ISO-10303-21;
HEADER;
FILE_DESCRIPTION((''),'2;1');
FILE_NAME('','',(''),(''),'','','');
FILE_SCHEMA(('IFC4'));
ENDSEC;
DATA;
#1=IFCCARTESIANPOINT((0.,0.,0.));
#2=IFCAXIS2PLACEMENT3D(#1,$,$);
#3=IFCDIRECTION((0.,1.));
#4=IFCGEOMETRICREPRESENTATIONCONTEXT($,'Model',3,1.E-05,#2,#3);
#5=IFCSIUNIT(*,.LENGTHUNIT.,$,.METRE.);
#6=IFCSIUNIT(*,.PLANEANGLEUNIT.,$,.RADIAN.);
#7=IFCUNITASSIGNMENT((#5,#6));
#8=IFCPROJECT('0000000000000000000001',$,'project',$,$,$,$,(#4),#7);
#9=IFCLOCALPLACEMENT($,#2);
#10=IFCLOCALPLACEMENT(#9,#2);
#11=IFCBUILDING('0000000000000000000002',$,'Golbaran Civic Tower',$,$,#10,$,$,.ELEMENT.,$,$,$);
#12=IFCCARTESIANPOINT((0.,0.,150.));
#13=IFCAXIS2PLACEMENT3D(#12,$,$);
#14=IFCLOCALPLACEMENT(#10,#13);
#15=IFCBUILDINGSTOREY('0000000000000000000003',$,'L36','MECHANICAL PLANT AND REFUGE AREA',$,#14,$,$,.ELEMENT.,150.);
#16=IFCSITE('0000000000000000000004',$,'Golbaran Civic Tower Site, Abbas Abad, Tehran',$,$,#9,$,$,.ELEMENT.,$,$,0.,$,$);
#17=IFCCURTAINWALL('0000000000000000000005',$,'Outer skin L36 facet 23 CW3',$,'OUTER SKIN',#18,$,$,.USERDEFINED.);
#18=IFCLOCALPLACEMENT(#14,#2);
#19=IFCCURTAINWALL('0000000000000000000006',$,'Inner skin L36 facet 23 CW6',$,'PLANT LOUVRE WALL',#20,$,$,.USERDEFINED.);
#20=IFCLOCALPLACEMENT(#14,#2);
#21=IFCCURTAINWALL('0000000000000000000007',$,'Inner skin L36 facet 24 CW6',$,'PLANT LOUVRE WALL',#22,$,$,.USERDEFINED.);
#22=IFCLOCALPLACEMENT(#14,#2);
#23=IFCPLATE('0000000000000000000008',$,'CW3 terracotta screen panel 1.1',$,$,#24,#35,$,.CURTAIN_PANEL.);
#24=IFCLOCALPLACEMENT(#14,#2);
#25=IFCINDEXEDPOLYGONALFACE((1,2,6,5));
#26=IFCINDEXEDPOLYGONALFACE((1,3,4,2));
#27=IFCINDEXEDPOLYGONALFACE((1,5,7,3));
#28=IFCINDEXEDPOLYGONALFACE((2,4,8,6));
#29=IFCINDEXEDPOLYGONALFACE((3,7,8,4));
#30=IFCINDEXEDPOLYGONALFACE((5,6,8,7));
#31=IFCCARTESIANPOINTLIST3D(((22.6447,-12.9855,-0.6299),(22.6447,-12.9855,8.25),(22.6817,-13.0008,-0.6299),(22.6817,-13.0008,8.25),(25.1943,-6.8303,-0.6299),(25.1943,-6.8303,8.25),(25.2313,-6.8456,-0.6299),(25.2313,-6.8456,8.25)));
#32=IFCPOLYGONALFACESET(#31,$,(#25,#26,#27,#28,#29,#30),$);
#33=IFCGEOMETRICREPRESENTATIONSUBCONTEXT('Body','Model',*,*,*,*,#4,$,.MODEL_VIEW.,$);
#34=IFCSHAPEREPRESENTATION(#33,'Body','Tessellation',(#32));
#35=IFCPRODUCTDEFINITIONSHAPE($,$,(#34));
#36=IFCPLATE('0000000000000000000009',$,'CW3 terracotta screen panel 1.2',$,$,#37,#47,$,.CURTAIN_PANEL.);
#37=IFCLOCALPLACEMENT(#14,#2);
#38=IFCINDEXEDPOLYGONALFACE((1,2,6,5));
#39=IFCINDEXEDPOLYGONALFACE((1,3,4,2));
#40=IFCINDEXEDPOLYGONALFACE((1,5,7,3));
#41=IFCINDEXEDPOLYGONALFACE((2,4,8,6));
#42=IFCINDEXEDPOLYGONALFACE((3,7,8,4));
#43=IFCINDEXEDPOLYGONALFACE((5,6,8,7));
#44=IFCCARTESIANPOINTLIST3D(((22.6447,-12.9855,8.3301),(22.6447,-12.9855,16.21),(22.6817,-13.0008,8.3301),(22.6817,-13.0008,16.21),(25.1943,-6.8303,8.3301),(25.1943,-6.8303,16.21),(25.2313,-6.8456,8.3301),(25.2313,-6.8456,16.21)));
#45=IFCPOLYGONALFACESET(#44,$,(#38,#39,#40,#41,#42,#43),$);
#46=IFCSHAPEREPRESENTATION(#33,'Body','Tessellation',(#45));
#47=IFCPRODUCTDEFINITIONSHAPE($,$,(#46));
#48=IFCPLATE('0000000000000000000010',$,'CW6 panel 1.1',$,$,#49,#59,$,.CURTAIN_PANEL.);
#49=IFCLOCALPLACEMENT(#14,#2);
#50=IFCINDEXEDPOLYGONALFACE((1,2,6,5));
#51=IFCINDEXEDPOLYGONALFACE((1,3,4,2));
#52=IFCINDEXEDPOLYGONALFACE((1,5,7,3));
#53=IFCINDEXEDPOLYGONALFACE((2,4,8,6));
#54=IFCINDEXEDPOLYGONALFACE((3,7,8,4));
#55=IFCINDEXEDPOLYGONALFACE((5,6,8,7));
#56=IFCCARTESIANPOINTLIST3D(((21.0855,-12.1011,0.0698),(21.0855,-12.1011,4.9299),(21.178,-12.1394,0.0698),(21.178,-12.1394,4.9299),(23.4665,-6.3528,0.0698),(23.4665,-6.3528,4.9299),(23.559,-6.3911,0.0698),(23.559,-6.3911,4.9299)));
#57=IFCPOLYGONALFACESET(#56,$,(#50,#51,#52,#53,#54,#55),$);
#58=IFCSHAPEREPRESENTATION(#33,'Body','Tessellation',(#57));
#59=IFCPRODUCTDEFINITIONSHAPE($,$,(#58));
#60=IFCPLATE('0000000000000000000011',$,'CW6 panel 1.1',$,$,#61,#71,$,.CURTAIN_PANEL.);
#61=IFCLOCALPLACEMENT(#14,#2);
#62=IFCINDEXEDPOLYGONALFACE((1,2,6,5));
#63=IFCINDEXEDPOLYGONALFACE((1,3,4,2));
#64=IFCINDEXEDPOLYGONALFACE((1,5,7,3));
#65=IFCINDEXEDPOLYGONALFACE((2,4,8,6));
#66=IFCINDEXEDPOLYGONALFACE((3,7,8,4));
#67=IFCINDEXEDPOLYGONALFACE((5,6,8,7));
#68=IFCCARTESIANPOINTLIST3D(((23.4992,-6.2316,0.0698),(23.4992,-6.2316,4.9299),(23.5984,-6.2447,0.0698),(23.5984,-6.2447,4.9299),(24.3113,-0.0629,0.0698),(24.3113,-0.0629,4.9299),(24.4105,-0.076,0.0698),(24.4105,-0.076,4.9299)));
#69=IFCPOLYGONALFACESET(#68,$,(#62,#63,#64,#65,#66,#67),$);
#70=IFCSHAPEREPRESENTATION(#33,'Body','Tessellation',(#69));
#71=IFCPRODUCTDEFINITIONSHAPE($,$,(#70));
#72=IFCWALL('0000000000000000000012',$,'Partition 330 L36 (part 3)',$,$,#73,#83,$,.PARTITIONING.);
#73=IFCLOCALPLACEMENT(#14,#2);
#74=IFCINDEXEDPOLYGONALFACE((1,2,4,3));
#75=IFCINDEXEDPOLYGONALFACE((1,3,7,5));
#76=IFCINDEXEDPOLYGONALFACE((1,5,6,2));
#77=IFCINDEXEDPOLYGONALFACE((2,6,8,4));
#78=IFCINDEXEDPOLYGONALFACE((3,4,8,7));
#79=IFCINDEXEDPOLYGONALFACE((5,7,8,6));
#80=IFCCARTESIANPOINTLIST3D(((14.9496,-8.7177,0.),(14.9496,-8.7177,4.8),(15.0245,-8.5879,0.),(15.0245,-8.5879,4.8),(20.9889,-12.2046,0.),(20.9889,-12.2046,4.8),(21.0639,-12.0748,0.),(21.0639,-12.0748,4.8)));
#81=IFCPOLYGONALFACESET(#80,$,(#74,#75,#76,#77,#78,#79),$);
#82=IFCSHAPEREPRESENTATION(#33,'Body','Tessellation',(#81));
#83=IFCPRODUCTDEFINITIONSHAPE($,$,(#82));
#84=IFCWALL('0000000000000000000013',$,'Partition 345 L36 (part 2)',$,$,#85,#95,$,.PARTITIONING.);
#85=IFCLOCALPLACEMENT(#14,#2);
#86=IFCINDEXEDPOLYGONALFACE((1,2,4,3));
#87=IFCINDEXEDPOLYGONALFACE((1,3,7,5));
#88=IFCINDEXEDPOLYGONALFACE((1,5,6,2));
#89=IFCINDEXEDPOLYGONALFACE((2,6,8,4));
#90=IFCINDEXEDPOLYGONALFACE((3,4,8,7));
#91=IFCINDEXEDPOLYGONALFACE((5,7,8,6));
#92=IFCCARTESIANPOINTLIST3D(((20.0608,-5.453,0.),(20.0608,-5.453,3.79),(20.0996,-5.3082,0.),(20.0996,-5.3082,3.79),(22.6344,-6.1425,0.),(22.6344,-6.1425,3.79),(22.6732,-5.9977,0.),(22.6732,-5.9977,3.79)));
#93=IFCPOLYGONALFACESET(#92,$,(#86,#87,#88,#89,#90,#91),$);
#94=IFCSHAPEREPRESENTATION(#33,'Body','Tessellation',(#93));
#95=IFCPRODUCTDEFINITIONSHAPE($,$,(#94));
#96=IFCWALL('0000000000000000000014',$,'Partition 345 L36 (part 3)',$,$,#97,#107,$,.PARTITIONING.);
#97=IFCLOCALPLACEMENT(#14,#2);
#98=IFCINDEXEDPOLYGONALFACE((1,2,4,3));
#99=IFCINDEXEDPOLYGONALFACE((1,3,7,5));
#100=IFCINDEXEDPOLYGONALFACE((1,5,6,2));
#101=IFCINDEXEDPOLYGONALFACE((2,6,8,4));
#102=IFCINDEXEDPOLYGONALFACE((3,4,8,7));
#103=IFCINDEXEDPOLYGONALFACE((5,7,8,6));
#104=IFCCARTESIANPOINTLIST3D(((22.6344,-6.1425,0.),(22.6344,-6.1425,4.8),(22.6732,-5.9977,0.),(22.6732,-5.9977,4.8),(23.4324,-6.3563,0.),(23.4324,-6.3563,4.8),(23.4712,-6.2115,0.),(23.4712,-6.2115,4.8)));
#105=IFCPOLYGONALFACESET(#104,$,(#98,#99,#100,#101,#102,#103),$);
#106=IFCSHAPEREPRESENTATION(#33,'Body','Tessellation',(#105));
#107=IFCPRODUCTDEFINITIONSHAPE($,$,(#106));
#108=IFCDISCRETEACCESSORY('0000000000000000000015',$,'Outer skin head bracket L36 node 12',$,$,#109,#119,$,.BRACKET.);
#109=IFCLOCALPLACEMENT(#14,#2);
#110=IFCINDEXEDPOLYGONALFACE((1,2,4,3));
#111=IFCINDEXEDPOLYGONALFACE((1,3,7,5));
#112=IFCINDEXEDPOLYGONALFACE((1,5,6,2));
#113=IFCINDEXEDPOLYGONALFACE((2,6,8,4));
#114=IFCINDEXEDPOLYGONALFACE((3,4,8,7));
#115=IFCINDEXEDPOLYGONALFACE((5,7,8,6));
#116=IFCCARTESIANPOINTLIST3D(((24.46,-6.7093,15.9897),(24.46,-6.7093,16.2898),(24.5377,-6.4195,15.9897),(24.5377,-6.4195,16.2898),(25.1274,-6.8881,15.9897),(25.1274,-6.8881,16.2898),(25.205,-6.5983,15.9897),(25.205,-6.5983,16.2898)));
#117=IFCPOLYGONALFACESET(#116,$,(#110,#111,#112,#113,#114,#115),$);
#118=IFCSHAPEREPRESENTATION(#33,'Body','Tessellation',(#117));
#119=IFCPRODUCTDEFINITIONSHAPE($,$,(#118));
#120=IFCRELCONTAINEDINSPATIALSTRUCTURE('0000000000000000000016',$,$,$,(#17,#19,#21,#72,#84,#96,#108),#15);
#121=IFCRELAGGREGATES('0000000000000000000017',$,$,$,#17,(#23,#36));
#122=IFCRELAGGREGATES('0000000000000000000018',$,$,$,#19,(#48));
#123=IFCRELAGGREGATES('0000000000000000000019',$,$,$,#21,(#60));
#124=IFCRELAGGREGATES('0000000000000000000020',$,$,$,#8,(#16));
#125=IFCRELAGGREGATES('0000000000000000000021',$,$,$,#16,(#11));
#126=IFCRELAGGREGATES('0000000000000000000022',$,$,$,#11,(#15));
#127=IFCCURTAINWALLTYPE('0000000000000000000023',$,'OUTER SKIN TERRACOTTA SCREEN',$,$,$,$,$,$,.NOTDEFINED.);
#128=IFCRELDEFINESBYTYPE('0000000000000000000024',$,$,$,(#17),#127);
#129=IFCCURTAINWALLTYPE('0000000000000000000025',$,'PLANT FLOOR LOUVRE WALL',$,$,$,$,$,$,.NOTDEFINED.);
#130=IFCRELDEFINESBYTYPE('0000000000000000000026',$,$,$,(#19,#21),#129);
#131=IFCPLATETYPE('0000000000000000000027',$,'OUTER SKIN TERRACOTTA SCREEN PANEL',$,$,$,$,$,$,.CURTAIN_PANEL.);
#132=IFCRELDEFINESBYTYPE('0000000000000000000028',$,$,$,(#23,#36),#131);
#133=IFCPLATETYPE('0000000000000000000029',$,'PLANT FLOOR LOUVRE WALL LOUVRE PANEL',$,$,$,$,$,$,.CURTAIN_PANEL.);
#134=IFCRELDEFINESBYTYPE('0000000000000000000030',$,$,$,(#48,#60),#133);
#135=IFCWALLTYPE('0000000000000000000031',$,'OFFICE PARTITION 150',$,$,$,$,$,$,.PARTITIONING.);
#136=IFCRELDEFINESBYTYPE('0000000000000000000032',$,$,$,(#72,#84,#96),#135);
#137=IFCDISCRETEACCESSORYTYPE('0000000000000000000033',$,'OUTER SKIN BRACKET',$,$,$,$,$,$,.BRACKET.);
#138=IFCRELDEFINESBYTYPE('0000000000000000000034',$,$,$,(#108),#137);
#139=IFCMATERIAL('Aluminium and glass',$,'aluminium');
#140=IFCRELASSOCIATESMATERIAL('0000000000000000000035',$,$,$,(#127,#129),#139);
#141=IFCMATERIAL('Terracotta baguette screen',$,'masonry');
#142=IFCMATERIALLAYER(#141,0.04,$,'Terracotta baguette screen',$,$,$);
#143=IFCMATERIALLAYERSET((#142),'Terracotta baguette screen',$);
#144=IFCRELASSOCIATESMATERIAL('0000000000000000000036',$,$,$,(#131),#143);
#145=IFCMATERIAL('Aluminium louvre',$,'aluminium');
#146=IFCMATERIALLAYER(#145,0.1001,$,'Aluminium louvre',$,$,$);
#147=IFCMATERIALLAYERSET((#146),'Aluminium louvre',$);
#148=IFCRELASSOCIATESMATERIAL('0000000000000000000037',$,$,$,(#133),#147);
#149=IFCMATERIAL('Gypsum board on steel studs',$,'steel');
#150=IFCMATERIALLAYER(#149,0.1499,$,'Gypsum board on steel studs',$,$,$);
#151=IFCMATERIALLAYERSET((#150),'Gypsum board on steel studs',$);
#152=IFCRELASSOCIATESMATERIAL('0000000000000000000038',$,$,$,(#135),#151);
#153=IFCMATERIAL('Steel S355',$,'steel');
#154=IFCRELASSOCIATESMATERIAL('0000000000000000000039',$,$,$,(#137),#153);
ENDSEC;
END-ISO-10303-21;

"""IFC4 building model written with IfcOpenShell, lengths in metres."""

from ifc_helpers import new_model, si_unit, direction, frame, frame_2d, origin, origin_2d, place, context, subcontext, project, spatial, rectangle, extrude, material, layer, layer_set, type_object, element, aggregate, save


model = new_model("IFC4")

# Units and contexts
model_context = context("Model", 3, precision=1e-05, world=origin(), true_north=direction((0.0, 1.0)))
body_context = subcontext(model_context, "Body", "Model", "MODEL_VIEW")
ifc_project = project(units=[si_unit("LENGTHUNIT", "METRE"), si_unit("PLANEANGLEUNIT", "RADIAN")], contexts=[model_context])

# Site, building, storey
site_placement = place(None, origin())
site = spatial("IfcSite", under=ifc_project, at=site_placement, Name="Golbaran Civic Tower Site, Abbas Abad, Tehran", CompositionType="ELEMENT", RefElevation=0.0)
building_placement = place(site_placement, origin())
building = spatial("IfcBuilding", under=site, at=building_placement, Name="Golbaran Civic Tower", CompositionType="ELEMENT")
storey_placement = place(building_placement, frame((0.0, 0.0, 150.0)))
storey = spatial("IfcBuildingStorey", under=building, at=storey_placement, Name="L36", Description="MECHANICAL PLANT AND REFUGE AREA", CompositionType="ELEMENT", Elevation=150.0)

# Shared definitions
ifc_material_1 = material(Name="Steel S355", Category="steel")

# Curtain wall
ifc_material_2 = material(Name="Aluminium and glass", Category="aluminium")
curtain_wall_type_1 = type_object("IfcCurtainWallType", Name="OUTER SKIN TERRACOTTA SCREEN", PredefinedType="NOTDEFINED", material=ifc_material_2)
curtain_wall_1_placement = place(storey_placement, origin())
curtain_wall_1 = element("IfcCurtainWall", 1, at=curtain_wall_1_placement, inside=storey, type_object=curtain_wall_type_1, Name="Outer skin L36 facet 23 CW3", ObjectType="OUTER SKIN", PredefinedType="USERDEFINED")

# Curtain walls
curtain_wall_type_2 = type_object("IfcCurtainWallType", Name="PLANT FLOOR LOUVRE WALL", PredefinedType="NOTDEFINED", material=ifc_material_2)
curtain_wall_2_placement = place(storey_placement, origin())
curtain_wall_2 = element("IfcCurtainWall", 2, at=curtain_wall_2_placement, inside=storey, type_object=curtain_wall_type_2, Name="Inner skin L36 facet 23 CW6", ObjectType="PLANT LOUVRE WALL", PredefinedType="USERDEFINED")
curtain_wall_3_placement = place(storey_placement, origin())
curtain_wall_3 = element("IfcCurtainWall", 3, at=curtain_wall_3_placement, inside=storey, type_object=curtain_wall_type_2, Name="Inner skin L36 facet 24 CW6", ObjectType="PLANT LOUVRE WALL", PredefinedType="USERDEFINED")

# Plates
ifc_material_3 = material(Name="Terracotta baguette screen", Category="masonry")
ifc_layer_1 = layer(ifc_material_3, 0.04, Name="Terracotta baguette screen")
ifc_layer_set_1 = layer_set([ifc_layer_1], Name="Terracotta baguette screen")
plate_type_1 = type_object("IfcPlateType", Name="OUTER SKIN TERRACOTTA SCREEN PANEL", PredefinedType="CURTAIN_PANEL", material=ifc_layer_set_1)
plate_1_placement = place(storey_placement, frame((23.938, -9.9155, -0.6299), z_axis=(0.0, 0.0, 1.0), x_axis=(0.382683, 0.92388, 0.0)))
plate_1 = element("IfcPlate", 4, at=plate_1_placement, type_object=plate_type_1, Name="CW3 terracotta screen panel 1.1", PredefinedType="CURTAIN_PANEL", context=body_context, shape_type="SweptSolid", body=[
    extrude(rectangle(XDim=6.6624, YDim=0.04, at=origin_2d()), origin(), (0.0, 0.0, 1.0), 8.8799),
])
plate_2_placement = place(storey_placement, frame((23.938, -9.9155, 8.3301), z_axis=(0.0, 0.0, 1.0), x_axis=(0.382683, 0.92388, 0.0)))
plate_2 = element("IfcPlate", 5, at=plate_2_placement, type_object=plate_type_1, Name="CW3 terracotta screen panel 1.2", PredefinedType="CURTAIN_PANEL", context=body_context, shape_type="SweptSolid", body=[
    extrude(rectangle(XDim=6.6624, YDim=0.04, at=origin_2d()), origin(), (0.0, 0.0, 1.0), 7.8799),
])
aggregate(curtain_wall_1, [plate_1, plate_2])
ifc_material_4 = material(Name="Aluminium louvre", Category="aluminium")
ifc_layer_2 = layer(ifc_material_4, 0.1001, Name="Aluminium louvre")
ifc_layer_set_2 = layer_set([ifc_layer_2], Name="Aluminium louvre")
plate_type_2 = type_object("IfcPlateType", Name="PLANT FLOOR LOUVRE WALL LOUVRE PANEL", PredefinedType="CURTAIN_PANEL", material=ifc_layer_set_2)
plate_3_placement = place(storey_placement, frame((22.3223, -9.2461, 0.0698), z_axis=(0.0, 0.0, 1.0), x_axis=(0.382683, 0.92388, 0.0)))
plate_3 = element("IfcPlate", 6, at=plate_3_placement, type_object=plate_type_2, Name="CW6 panel 1.1", PredefinedType="CURTAIN_PANEL", context=body_context, shape_type="SweptSolid", body=[
    extrude(rectangle(XDim=6.2219, YDim=0.1001, at=origin_2d()), origin(), (0.0, 0.0, 1.0), 4.8601),
])
aggregate(curtain_wall_2, [plate_3])
plate_4_placement = place(storey_placement, frame((23.9548, -3.1538, 0.0698), z_axis=(0.0, 0.0, 1.0), x_axis=(0.130526, 0.991445, 0.0)))
plate_4 = element("IfcPlate", 7, at=plate_4_placement, type_object=plate_type_2, Name="CW6 panel 1.1", PredefinedType="CURTAIN_PANEL", context=body_context, shape_type="SweptSolid", body=[
    extrude(rectangle(XDim=6.2219, YDim=0.1001, at=origin_2d()), origin(), (0.0, 0.0, 1.0), 4.8601),
])
aggregate(curtain_wall_3, [plate_4])

# Walls
ifc_material_5 = material(Name="Gypsum board on steel studs", Category="steel")
ifc_layer_3 = layer(ifc_material_5, 0.1499, Name="Gypsum board on steel studs")
ifc_layer_set_3 = layer_set([ifc_layer_3], Name="Gypsum board on steel studs")
wall_type = type_object("IfcWallType", Name="OFFICE PARTITION 150", PredefinedType="PARTITIONING", material=ifc_layer_set_3)
wall_1_placement = place(storey_placement, frame((14.9871, -8.6528, 0.0), z_axis=(0.0, 0.0, 1.0), x_axis=(0.866024, -0.500002, 0.0)))
element("IfcWall", 8, at=wall_1_placement, inside=storey, type_object=wall_type, Name="Partition 330 L36 (part 3)", PredefinedType="PARTITIONING", context=body_context, shape_type="SweptSolid", body=[
    extrude(rectangle(XDim=6.9736, YDim=0.1499, at=frame_2d((3.4868, 0.0))), origin(), (0.0, 0.0, 1.0), 4.8),
])
wall_2_placement = place(storey_placement, frame((20.0803, -5.3806, 0.0), z_axis=(0.0, 0.0, 1.0), x_axis=(0.965936, -0.25878, 0.0)))
element("IfcWall", 9, at=wall_2_placement, inside=storey, type_object=wall_type, Name="Partition 345 L36 (part 2)", PredefinedType="PARTITIONING", context=body_context, shape_type="SweptSolid", body=[
    extrude(rectangle(XDim=2.6643, YDim=0.1499, at=frame_2d((1.332, 0.0))), origin(), (0.0, 0.0, 1.0), 3.79),
])
wall_3_placement = place(storey_placement, frame((22.6538, -6.0701, 0.0), z_axis=(0.0, 0.0, 1.0), x_axis=(0.96592, -0.258839, 0.0)))
element("IfcWall", 10, at=wall_3_placement, inside=storey, type_object=wall_type, Name="Partition 345 L36 (part 3)", PredefinedType="PARTITIONING", context=body_context, shape_type="SweptSolid", body=[
    extrude(rectangle(XDim=0.8262, YDim=0.1499, at=frame_2d((0.4131, 0.0))), origin(), (0.0, 0.0, 1.0), 4.8),
])

# Discrete accessory
discrete_accessory_type = type_object("IfcDiscreteAccessoryType", Name="OUTER SKIN BRACKET", PredefinedType="BRACKET", material=ifc_material_1)
discrete_accessory_placement = place(storey_placement, frame((24.8325, -6.6538, 15.9897), z_axis=(0.0, 0.0, 1.0), x_axis=(0.965926, -0.258819, 0.0)))
element("IfcDiscreteAccessory", 11, at=discrete_accessory_placement, inside=storey, type_object=discrete_accessory_type, Name="Outer skin head bracket L36 node 12", PredefinedType="BRACKET", context=body_context, shape_type="SweptSolid", body=[
    extrude(rectangle(XDim=0.6909, YDim=0.3, at=origin_2d()), origin(), (0.0, 0.0, 1.0), 0.3),
])

save(model, "model.ifc")
